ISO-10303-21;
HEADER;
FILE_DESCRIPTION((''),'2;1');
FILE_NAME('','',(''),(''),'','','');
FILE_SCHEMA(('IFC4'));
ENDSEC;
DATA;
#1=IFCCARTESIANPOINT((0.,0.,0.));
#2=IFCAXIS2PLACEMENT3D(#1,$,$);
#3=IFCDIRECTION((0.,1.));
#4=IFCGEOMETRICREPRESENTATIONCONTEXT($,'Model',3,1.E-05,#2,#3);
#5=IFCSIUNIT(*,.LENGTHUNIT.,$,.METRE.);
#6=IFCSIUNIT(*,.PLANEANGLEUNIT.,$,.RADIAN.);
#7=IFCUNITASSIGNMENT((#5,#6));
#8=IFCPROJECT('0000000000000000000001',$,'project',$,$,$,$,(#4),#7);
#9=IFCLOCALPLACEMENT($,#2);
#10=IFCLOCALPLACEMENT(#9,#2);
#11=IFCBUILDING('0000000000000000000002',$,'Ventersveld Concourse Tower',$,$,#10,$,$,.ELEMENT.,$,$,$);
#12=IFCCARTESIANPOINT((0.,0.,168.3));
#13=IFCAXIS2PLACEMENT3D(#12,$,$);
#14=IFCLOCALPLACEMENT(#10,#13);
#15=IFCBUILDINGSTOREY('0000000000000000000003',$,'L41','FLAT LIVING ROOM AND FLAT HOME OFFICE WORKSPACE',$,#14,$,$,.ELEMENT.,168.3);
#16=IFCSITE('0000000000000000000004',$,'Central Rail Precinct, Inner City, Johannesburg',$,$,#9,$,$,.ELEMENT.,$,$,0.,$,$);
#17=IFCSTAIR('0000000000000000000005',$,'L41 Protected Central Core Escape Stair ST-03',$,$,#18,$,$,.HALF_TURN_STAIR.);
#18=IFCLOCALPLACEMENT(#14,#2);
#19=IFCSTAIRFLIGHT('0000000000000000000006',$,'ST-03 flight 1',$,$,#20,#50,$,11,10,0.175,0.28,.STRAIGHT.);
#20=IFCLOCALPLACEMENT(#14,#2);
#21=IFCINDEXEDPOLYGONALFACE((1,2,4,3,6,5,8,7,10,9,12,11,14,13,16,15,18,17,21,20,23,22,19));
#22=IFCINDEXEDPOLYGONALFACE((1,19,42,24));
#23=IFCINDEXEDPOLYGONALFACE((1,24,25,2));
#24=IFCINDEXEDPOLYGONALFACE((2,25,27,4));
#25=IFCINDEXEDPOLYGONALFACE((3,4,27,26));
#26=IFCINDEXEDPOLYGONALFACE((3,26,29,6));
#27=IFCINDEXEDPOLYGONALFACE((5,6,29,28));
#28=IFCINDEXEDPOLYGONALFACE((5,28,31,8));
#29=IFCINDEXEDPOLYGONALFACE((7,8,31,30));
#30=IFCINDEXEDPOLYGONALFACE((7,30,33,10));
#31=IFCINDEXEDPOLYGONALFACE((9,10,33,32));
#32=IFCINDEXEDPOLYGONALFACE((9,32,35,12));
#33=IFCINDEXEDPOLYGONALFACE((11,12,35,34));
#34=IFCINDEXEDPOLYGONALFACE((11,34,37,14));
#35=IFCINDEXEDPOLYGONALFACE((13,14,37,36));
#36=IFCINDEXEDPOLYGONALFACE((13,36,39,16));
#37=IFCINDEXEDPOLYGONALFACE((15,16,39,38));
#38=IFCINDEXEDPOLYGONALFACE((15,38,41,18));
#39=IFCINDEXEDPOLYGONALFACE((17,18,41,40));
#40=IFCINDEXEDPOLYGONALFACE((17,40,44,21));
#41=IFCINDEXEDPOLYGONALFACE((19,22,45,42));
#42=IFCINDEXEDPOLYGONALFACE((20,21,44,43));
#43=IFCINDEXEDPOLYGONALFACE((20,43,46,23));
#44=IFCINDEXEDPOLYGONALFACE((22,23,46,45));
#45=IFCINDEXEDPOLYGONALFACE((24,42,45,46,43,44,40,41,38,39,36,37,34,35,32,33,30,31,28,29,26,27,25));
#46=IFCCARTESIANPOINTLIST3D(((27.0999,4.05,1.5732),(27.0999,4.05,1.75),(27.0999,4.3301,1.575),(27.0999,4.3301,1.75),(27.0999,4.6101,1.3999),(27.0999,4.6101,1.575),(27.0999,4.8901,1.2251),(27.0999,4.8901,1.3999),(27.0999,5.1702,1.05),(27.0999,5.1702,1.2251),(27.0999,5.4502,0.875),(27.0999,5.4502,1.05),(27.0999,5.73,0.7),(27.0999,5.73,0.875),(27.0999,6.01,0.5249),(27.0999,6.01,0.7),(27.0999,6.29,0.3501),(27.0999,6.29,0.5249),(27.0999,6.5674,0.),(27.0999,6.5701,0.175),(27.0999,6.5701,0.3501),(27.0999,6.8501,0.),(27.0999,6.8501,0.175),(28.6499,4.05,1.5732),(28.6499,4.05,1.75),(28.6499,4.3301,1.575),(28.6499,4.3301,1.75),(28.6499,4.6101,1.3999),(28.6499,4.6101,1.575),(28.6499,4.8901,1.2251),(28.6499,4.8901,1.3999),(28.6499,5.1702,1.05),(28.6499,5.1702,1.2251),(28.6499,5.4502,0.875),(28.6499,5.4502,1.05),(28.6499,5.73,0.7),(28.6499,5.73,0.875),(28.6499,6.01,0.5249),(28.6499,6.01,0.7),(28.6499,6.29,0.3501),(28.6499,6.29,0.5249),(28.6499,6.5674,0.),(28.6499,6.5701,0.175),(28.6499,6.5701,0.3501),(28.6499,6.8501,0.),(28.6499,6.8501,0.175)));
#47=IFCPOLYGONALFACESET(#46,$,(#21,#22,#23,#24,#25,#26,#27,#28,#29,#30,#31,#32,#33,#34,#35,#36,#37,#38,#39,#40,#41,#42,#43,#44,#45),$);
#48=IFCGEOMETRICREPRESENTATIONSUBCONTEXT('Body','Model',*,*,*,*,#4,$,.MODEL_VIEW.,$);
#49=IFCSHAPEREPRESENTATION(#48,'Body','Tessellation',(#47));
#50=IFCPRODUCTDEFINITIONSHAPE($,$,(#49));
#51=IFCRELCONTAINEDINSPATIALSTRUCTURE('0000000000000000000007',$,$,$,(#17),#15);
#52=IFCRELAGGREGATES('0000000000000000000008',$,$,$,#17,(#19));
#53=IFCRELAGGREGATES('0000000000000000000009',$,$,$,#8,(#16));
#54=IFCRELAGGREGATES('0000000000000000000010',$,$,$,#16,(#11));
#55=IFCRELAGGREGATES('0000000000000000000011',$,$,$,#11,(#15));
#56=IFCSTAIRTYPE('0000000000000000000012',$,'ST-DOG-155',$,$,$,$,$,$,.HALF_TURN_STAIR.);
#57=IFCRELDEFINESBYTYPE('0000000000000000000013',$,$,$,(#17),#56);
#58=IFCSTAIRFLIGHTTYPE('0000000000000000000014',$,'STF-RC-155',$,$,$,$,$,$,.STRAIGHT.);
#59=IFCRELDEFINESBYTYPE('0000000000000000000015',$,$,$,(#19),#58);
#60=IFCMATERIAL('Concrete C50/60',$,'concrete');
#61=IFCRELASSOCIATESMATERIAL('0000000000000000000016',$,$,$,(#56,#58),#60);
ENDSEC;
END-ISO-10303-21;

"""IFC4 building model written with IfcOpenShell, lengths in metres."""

from ifc_helpers import new_model, si_unit, direction, frame, origin, place, context, subcontext, project, spatial, polyline, outline, extrude, material, type_object, element, aggregate, save


model = new_model("IFC4")

# Units and contexts
model_context = context("Model", 3, precision=1e-05, world=origin(), true_north=direction((0.0, 1.0)))
body_context = subcontext(model_context, "Body", "Model", "MODEL_VIEW")
ifc_project = project(units=[si_unit("LENGTHUNIT", "METRE"), si_unit("PLANEANGLEUNIT", "RADIAN")], contexts=[model_context])

# Site, building, storey
site_placement = place(None, origin())
site = spatial("IfcSite", under=ifc_project, at=site_placement, Name="Central Rail Precinct, Inner City, Johannesburg", CompositionType="ELEMENT", RefElevation=0.0)
building_placement = place(site_placement, origin())
building = spatial("IfcBuilding", under=site, at=building_placement, Name="Ventersveld Concourse Tower", CompositionType="ELEMENT")
storey_placement = place(building_placement, frame((0.0, 0.0, 168.3)))
storey = spatial("IfcBuildingStorey", under=building, at=storey_placement, Name="L41", Description="FLAT LIVING ROOM AND FLAT HOME OFFICE WORKSPACE", CompositionType="ELEMENT", Elevation=168.3)

# Shared definitions
ifc_material_1 = material(Name="Concrete C50/60", Category="concrete")

# Stair, stair flight
stair_type = type_object("IfcStairType", Name="ST-DOG-155", PredefinedType="HALF_TURN_STAIR", material=ifc_material_1)
stair_placement = place(storey_placement, origin())
stair = element("IfcStair", 1, at=stair_placement, inside=storey, type_object=stair_type, Name="L41 Protected Central Core Escape Stair ST-03", PredefinedType="HALF_TURN_STAIR")
stair_flight_type = type_object("IfcStairFlightType", Name="STF-RC-155", PredefinedType="STRAIGHT", material=ifc_material_1)
stair_flight_placement = place(storey_placement, frame((27.875, 6.8501, 0.0), z_axis=(0.0, 0.0, 1.0), x_axis=(0.0, -1.0, 0.0)))
stair_flight = element("IfcStairFlight", 2, at=stair_flight_placement, type_object=stair_flight_type, Name="ST-03 flight 1", NumberOfRisers=11, NumberOfTreads=10, PredefinedType="STRAIGHT", RiserHeight=0.175, TreadLength=0.28, context=body_context, shape_type="SweptSolid", body=[
    extrude(outline(polyline([(0.0, 0.0), (0.0, 0.175), (0.28, 0.175), (0.28, 0.3501), (0.5601, 0.3501), (0.5601, 0.5249), (0.8401, 0.5249), (0.8401, 0.7), (1.1201, 0.7), (1.1201, 0.875), (1.3999, 0.875), (1.3999, 1.05), (1.6799, 1.05), (1.6799, 1.2251), (1.96, 1.2251), (1.96, 1.3999), (2.24, 1.3999), (2.24, 1.575), (2.52, 1.575), (2.52, 1.75), (2.8, 1.75), (2.8, 1.925), (2.8, 1.5732), (0.2827, 0.0), (0.0, 0.0)])), frame((0.0, 0.7749, 0.0), z_axis=(0.0, -1.0, 0.0), x_axis=(1.0, 0.0, 0.0)), (0.0, 0.0, 1.0), 1.55),
])
aggregate(stair, [stair_flight])

save(model, "model.ifc")
